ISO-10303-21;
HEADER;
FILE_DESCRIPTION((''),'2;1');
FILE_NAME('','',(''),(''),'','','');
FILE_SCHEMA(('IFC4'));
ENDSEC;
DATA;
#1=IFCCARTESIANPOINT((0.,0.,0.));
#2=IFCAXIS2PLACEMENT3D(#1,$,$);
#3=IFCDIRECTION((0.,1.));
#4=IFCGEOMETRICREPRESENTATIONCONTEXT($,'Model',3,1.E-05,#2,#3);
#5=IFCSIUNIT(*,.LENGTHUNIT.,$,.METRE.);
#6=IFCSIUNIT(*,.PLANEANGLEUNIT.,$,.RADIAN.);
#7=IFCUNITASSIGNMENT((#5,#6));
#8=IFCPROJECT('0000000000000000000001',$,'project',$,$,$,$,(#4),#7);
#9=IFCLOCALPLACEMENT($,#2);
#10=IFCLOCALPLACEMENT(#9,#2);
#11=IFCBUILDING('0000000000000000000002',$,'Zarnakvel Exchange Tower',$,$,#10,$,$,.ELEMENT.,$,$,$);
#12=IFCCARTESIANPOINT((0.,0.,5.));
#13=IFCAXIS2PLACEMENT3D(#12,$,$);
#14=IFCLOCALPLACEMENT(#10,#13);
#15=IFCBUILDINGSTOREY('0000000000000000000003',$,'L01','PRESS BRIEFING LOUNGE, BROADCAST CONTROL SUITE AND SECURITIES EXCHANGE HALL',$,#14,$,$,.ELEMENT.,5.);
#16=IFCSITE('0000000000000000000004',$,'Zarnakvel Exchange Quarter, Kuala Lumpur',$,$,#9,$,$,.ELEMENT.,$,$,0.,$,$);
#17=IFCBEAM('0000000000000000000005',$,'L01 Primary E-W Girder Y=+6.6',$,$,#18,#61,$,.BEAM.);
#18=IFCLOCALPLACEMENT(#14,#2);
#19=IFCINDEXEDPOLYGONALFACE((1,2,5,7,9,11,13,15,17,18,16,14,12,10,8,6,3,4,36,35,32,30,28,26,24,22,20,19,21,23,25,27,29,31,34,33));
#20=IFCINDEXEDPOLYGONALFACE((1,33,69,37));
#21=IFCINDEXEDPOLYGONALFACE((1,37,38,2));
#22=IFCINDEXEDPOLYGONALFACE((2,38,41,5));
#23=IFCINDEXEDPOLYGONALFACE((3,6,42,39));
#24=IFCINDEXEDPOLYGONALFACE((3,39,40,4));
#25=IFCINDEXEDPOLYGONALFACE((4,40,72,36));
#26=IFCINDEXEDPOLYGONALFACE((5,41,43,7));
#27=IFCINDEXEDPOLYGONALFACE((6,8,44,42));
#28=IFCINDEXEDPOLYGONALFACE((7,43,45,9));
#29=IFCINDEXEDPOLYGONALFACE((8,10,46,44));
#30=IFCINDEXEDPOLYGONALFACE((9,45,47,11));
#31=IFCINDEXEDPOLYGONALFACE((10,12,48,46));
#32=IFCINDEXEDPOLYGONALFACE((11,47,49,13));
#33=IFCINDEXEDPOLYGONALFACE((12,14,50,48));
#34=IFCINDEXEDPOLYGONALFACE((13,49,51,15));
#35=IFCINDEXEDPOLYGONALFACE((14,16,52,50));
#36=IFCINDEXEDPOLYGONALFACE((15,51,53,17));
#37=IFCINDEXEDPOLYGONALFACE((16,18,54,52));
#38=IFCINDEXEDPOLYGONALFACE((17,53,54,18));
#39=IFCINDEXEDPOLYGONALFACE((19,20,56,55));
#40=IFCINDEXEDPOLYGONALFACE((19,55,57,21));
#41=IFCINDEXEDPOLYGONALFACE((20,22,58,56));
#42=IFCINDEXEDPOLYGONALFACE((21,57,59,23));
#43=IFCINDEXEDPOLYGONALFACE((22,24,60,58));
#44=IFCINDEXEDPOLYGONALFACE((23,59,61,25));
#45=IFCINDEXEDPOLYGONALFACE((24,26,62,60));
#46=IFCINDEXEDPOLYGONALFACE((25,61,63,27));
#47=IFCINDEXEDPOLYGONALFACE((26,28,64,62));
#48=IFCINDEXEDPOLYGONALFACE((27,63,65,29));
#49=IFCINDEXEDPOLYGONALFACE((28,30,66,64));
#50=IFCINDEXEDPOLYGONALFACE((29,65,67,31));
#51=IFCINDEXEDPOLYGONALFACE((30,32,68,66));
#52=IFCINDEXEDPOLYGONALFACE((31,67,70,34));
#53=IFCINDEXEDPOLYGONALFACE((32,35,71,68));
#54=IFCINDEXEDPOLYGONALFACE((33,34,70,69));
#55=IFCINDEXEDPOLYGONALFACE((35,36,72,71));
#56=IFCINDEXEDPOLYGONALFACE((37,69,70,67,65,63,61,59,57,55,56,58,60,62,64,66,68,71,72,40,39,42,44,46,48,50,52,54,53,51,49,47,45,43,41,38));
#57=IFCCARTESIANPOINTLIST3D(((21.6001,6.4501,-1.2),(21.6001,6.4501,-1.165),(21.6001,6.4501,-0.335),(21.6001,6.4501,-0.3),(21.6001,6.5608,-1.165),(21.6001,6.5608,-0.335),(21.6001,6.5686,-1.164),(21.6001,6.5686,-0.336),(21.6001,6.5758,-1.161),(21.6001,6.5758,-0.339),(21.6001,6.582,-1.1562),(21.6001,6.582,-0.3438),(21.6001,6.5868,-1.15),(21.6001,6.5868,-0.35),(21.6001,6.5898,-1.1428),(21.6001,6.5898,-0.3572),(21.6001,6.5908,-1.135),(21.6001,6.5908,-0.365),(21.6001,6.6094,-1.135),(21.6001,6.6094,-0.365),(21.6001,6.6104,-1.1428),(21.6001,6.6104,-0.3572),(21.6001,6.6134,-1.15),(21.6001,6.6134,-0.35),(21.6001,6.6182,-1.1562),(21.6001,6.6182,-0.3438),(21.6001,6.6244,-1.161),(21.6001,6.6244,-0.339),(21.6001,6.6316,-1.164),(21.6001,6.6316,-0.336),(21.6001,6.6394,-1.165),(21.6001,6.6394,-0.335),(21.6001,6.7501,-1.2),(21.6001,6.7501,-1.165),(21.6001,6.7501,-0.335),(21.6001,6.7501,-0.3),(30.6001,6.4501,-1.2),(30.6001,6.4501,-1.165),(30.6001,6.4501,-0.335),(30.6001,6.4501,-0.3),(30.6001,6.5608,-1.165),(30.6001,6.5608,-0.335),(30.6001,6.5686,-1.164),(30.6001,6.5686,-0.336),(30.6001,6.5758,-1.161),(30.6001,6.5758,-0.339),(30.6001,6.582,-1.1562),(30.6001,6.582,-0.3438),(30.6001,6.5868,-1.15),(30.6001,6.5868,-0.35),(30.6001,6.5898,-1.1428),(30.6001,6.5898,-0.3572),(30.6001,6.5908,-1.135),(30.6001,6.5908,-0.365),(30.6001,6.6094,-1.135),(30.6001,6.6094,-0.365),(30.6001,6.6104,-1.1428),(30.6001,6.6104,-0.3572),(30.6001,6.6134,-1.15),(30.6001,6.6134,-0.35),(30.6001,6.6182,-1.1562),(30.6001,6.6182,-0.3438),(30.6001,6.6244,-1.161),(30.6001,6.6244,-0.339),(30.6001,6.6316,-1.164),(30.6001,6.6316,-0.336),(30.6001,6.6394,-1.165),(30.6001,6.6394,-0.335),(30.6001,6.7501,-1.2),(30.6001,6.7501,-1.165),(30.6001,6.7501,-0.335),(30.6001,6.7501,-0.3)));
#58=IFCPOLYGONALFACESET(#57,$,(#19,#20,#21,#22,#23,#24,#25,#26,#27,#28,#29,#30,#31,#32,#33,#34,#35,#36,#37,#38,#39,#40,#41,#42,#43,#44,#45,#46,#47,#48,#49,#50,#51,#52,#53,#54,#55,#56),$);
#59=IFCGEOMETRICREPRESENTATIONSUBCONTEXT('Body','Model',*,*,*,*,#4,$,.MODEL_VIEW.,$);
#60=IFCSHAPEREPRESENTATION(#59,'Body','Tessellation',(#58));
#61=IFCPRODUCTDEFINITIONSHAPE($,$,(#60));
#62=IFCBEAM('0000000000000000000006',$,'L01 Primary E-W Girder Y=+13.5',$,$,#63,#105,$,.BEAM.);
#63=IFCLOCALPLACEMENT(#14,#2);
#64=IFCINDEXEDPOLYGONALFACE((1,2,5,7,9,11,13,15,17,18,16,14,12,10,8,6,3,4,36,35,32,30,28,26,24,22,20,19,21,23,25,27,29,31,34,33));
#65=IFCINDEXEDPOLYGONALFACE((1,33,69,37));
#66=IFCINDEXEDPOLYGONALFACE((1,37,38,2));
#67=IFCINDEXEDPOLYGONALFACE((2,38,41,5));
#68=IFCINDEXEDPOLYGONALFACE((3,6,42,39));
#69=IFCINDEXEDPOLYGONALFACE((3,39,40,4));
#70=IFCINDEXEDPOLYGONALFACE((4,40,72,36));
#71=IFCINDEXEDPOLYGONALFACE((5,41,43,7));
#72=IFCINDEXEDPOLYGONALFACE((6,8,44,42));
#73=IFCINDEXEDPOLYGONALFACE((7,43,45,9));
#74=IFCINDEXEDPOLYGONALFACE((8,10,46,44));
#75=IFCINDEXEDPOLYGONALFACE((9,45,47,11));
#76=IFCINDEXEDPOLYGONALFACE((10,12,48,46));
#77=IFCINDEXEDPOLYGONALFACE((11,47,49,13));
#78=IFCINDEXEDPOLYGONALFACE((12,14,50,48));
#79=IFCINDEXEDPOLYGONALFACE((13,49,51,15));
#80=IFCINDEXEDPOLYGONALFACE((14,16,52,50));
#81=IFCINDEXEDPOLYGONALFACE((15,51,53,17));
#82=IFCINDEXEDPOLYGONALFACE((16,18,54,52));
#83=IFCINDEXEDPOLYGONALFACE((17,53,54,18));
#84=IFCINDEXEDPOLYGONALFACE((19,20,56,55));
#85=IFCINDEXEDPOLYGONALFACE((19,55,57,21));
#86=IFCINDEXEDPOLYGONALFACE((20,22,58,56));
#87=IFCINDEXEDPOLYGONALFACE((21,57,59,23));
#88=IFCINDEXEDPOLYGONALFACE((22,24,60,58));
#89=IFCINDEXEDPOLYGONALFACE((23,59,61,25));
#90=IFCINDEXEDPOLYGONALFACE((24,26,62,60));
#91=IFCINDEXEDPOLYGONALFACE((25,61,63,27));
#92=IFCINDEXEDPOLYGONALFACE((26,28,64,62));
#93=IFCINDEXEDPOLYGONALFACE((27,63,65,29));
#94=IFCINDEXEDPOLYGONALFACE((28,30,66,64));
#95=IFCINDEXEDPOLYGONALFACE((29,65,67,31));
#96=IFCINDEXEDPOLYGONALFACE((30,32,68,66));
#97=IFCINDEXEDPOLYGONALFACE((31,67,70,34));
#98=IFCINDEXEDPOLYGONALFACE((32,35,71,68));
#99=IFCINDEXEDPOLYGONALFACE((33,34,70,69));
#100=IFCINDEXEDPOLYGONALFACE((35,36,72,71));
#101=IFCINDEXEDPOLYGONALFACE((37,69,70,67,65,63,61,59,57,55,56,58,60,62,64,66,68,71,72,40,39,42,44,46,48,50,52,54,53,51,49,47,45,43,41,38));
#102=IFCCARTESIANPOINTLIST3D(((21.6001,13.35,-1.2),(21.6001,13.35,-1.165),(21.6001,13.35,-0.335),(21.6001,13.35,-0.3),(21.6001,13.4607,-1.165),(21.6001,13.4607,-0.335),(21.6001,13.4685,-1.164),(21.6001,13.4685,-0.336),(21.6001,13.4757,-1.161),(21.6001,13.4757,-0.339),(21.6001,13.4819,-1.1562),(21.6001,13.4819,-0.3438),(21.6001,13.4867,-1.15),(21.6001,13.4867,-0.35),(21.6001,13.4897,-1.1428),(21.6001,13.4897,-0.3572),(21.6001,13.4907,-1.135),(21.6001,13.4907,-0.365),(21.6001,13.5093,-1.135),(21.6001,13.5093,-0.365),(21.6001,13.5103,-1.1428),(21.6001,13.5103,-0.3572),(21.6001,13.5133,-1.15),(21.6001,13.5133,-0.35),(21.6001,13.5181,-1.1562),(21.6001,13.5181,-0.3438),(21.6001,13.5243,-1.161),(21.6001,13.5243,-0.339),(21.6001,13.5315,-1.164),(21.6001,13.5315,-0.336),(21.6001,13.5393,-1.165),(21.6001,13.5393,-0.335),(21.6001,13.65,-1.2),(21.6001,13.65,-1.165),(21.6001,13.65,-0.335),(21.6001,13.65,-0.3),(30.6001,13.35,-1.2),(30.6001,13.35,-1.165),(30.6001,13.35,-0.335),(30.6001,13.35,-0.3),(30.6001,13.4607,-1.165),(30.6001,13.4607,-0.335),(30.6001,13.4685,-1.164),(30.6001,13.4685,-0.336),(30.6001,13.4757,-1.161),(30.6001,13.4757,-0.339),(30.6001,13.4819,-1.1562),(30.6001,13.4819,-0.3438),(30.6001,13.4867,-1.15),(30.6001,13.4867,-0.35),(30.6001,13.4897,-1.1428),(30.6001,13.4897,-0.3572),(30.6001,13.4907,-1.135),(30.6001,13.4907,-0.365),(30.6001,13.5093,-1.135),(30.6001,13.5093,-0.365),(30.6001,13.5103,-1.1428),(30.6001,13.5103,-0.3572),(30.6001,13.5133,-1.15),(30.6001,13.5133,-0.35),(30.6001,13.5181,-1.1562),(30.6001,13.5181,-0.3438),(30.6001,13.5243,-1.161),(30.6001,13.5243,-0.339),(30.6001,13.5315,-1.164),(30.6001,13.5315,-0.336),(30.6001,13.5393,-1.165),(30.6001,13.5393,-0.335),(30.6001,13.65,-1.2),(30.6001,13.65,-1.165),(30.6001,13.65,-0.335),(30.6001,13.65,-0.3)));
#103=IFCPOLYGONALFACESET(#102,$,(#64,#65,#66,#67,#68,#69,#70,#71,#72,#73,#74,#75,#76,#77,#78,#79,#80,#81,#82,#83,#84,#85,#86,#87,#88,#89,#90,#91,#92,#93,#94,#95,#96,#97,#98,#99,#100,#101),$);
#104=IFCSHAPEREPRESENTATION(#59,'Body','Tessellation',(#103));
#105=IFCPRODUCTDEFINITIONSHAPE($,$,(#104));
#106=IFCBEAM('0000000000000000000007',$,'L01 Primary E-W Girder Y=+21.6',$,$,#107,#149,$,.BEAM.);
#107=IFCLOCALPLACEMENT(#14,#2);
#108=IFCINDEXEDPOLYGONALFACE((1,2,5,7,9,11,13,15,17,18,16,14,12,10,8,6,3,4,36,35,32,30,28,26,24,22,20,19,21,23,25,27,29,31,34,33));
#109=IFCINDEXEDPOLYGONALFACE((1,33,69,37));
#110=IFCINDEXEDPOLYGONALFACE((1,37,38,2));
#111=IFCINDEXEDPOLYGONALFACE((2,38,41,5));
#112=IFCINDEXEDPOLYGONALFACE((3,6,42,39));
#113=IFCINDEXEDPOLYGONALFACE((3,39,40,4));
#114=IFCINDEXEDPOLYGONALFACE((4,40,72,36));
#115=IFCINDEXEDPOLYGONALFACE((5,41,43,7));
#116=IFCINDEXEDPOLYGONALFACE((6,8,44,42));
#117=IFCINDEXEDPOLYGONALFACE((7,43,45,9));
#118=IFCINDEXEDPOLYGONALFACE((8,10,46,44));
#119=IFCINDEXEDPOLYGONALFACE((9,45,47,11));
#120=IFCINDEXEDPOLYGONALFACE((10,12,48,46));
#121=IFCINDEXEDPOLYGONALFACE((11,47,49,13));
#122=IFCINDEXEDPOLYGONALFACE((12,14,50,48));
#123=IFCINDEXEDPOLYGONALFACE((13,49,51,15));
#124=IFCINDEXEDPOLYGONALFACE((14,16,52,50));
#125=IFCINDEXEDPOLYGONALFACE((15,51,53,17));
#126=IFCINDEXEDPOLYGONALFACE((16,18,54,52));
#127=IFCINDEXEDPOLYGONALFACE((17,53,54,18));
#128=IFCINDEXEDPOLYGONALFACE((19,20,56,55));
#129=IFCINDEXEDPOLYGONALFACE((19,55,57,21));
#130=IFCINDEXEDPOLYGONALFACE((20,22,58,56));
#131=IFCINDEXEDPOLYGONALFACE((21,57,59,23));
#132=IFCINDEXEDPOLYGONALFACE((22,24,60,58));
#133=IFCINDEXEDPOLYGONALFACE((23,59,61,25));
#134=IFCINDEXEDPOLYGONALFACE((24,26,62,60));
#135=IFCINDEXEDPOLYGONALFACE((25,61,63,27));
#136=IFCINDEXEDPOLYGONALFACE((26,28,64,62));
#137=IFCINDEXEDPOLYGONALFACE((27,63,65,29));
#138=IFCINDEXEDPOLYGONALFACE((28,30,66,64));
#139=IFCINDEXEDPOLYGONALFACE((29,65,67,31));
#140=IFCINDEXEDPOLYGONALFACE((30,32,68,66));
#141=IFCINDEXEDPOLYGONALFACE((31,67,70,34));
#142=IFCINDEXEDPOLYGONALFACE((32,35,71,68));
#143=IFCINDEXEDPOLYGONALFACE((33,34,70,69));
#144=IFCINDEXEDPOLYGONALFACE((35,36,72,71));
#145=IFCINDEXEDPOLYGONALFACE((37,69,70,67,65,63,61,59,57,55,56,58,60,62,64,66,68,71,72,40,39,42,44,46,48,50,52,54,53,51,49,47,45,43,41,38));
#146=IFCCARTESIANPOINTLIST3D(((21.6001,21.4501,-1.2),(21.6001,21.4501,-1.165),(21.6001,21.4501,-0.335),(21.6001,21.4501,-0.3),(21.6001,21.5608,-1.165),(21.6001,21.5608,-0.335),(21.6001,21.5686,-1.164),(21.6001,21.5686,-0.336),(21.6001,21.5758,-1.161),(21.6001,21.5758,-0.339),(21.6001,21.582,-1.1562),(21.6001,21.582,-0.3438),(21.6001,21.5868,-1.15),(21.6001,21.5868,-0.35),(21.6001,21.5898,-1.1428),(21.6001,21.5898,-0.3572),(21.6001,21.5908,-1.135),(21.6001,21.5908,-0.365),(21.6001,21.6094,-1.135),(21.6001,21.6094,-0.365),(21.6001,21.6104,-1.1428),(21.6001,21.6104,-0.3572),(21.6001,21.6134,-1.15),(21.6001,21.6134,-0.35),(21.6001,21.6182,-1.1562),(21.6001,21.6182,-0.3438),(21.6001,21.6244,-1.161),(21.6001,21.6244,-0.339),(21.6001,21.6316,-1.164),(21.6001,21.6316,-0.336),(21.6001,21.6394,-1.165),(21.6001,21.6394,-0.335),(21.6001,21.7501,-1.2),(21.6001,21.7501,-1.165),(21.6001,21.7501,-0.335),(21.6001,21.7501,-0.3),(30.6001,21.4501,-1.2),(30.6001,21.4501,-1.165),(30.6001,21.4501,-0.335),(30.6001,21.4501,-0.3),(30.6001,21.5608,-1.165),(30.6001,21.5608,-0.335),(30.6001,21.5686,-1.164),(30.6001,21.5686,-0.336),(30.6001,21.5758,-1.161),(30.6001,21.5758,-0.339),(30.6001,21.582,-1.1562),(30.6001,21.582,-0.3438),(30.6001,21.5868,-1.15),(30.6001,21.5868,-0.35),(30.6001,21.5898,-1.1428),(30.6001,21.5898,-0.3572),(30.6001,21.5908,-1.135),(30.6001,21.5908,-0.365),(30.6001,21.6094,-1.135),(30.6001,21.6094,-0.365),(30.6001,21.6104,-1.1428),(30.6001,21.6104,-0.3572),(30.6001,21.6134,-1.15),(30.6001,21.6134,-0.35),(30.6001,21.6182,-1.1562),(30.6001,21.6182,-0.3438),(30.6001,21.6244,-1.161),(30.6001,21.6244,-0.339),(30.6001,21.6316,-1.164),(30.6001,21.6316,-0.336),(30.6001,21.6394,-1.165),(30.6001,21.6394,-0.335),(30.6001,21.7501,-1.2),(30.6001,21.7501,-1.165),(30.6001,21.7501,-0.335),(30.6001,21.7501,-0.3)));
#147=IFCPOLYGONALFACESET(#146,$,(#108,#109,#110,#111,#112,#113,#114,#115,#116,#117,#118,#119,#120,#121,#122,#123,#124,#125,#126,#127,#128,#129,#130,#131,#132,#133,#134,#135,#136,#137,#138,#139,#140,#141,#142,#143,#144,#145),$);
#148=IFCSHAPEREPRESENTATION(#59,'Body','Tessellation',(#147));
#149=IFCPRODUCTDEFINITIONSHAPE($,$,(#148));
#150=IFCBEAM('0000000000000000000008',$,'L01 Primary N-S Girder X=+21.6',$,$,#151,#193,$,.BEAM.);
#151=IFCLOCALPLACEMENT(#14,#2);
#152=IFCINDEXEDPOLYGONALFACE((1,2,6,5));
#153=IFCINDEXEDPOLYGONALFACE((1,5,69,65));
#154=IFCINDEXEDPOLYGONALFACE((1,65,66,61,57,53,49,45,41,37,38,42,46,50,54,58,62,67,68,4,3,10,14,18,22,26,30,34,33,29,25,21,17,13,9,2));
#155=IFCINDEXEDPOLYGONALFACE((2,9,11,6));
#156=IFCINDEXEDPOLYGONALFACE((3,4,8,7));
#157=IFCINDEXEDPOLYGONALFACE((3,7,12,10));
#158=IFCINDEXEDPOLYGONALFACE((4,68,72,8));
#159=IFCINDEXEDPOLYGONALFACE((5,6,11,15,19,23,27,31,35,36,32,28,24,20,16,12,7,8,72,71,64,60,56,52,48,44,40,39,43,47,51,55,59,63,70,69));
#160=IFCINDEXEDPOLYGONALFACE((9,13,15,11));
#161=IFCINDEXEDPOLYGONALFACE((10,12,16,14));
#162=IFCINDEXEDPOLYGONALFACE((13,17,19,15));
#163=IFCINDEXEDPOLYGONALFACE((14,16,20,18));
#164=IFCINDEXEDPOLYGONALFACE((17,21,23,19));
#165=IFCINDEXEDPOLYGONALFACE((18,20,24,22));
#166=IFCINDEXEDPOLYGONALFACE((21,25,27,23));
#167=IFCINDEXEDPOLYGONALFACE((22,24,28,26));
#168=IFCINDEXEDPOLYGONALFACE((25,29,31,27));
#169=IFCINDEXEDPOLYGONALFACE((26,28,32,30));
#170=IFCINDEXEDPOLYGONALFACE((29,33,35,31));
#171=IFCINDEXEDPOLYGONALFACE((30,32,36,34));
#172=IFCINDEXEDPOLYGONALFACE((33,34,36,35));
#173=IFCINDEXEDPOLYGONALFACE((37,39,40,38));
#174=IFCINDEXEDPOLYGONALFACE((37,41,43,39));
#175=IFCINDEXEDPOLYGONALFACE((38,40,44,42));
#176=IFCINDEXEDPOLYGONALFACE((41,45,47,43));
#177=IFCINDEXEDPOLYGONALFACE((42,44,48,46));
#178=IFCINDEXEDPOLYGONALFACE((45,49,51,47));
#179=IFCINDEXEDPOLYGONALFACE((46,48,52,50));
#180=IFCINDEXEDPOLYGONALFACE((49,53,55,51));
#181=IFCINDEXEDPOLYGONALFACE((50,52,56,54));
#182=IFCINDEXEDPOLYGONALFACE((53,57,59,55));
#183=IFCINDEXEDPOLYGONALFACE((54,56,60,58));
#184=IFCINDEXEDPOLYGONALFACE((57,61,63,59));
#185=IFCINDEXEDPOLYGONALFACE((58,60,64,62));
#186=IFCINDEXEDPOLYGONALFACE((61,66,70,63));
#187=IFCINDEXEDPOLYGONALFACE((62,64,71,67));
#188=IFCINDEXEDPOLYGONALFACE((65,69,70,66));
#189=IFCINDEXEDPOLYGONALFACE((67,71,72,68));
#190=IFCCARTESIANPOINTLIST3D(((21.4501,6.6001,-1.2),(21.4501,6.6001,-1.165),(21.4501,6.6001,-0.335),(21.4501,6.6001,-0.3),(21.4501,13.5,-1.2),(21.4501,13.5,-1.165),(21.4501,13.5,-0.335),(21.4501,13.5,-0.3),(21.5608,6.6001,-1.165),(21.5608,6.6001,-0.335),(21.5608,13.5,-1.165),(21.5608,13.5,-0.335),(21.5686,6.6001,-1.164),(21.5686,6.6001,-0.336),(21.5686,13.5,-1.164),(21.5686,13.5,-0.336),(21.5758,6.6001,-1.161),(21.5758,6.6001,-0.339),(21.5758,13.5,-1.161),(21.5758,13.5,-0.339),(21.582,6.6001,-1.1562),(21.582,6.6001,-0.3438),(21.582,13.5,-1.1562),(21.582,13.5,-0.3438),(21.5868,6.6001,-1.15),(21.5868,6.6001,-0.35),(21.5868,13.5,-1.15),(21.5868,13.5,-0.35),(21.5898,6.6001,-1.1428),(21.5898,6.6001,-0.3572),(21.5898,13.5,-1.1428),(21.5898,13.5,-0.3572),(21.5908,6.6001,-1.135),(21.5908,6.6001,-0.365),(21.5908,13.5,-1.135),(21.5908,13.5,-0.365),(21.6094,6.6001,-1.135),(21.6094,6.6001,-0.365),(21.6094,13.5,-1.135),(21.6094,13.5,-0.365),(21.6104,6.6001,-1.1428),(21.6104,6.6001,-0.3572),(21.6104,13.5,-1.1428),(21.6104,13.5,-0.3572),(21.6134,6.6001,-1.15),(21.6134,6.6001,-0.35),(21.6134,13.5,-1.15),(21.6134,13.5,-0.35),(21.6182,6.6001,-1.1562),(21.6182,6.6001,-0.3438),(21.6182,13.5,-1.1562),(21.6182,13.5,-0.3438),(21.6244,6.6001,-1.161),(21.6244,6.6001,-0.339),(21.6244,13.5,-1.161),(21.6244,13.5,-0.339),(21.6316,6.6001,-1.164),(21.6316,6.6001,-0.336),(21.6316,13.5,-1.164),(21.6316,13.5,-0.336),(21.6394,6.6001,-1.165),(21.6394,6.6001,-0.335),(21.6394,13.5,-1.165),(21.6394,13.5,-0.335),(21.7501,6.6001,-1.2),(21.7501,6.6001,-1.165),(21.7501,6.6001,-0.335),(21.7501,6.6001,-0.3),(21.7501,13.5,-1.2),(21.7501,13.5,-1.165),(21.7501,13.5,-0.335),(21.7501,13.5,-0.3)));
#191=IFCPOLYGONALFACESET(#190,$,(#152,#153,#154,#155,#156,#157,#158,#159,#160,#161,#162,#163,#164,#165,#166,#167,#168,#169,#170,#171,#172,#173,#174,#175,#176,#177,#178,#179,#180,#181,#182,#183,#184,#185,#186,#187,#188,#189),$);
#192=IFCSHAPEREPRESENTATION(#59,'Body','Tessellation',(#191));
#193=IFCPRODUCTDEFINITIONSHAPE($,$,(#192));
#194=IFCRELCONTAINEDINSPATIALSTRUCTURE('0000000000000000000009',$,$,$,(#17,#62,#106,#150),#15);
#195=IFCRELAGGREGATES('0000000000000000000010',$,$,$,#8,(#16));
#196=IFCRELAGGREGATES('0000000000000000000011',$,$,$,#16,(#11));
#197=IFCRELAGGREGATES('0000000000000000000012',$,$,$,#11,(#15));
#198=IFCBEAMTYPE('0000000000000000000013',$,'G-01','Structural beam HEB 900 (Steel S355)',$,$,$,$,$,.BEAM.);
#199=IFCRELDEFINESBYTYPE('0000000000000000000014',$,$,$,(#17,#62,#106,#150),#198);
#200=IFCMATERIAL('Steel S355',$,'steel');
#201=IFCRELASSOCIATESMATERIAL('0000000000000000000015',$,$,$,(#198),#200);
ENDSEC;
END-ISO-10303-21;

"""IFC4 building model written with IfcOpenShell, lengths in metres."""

from ifc_helpers import new_model, si_unit, direction, frame, origin, origin_2d, place, context, subcontext, project, spatial, i_section, extrude, material, material_profile, profile_set, type_object, element, save


model = new_model("IFC4")

# Units and contexts
model_context = context("Model", 3, precision=1e-05, world=origin(), true_north=direction((0.0, 1.0)))
body_context = subcontext(model_context, "Body", "Model", "MODEL_VIEW")
ifc_project = project(units=[si_unit("LENGTHUNIT", "METRE"), si_unit("PLANEANGLEUNIT", "RADIAN")], contexts=[model_context])

# Site, building, storey
site_placement = place(None, origin())
site = spatial("IfcSite", under=ifc_project, at=site_placement, Name="Zarnakvel Exchange Quarter, Kuala Lumpur", CompositionType="ELEMENT", RefElevation=0.0)
building_placement = place(site_placement, origin())
building = spatial("IfcBuilding", under=site, at=building_placement, Name="Zarnakvel Exchange Tower", CompositionType="ELEMENT")
storey_placement = place(building_placement, frame((0.0, 0.0, 5.0)))
storey = spatial("IfcBuildingStorey", under=building, at=storey_placement, Name="L01", Description="PRESS BRIEFING LOUNGE, BROADCAST CONTROL SUITE AND SECURITIES EXCHANGE HALL", CompositionType="ELEMENT", Elevation=5.0)

# Beams
ifc_material_1 = material(Name="Steel S355", Category="steel")
ifc_material_profile_1 = material_profile(ifc_material_1, i_section(OverallWidth=0.3, OverallDepth=0.8999, WebThickness=0.0186, FlangeThickness=0.0349, FilletRadius=0.03, at=origin_2d()))
ifc_profile_set_1 = profile_set([ifc_material_profile_1], Name="Steel S355")
beam_type_1 = type_object("IfcBeamType", Name="G-01", Description="Structural beam HEB 900 (Steel S355)", PredefinedType="BEAM", material=ifc_profile_set_1)
for number, where, z_axis, x_axis, name in (
    (1, (21.6001, 6.6001, -0.75), (1.0, 0.0, 0.0), (0.0, 1.0, 0.0), "L01 Primary E-W Girder Y=+6.6"),
    (2, (21.6001, 13.5, -0.75), (1.0, 0.0, 0.0), (0.0, 1.0, 0.0), "L01 Primary E-W Girder Y=+13.5"),
    (3, (21.6001, 21.6001, -0.75), (1.0, 0.0, 0.0), (0.0, 1.0, 0.0), "L01 Primary E-W Girder Y=+21.6"),
):
    element("IfcBeam", number, at=place(storey_placement, frame(where, z_axis=z_axis, x_axis=x_axis)), inside=storey, type_object=beam_type_1, Name=name, PredefinedType="BEAM", context=body_context, shape_type="SweptSolid", body=[
        extrude(i_section(OverallWidth=0.3, OverallDepth=0.8999, WebThickness=0.0186, FlangeThickness=0.0349, FilletRadius=0.03, at=origin_2d()), origin(), (0.0, 0.0, 1.0), 9.0),
    ])
beam_1_placement = place(storey_placement, frame((21.6001, 6.6001, -0.75), z_axis=(0.0, 1.0, 0.0), x_axis=(-1.0, 0.0, 0.0)))
element("IfcBeam", 4, at=beam_1_placement, inside=storey, type_object=beam_type_1, Name="L01 Primary N-S Girder X=+21.6", PredefinedType="BEAM", context=body_context, shape_type="SweptSolid", body=[
    extrude(i_section(OverallWidth=0.3, OverallDepth=0.8999, WebThickness=0.0186, FlangeThickness=0.0349, FilletRadius=0.03, at=origin_2d()), origin(), (0.0, 0.0, 1.0), 6.8999),
])

save(model, "model.ifc")
